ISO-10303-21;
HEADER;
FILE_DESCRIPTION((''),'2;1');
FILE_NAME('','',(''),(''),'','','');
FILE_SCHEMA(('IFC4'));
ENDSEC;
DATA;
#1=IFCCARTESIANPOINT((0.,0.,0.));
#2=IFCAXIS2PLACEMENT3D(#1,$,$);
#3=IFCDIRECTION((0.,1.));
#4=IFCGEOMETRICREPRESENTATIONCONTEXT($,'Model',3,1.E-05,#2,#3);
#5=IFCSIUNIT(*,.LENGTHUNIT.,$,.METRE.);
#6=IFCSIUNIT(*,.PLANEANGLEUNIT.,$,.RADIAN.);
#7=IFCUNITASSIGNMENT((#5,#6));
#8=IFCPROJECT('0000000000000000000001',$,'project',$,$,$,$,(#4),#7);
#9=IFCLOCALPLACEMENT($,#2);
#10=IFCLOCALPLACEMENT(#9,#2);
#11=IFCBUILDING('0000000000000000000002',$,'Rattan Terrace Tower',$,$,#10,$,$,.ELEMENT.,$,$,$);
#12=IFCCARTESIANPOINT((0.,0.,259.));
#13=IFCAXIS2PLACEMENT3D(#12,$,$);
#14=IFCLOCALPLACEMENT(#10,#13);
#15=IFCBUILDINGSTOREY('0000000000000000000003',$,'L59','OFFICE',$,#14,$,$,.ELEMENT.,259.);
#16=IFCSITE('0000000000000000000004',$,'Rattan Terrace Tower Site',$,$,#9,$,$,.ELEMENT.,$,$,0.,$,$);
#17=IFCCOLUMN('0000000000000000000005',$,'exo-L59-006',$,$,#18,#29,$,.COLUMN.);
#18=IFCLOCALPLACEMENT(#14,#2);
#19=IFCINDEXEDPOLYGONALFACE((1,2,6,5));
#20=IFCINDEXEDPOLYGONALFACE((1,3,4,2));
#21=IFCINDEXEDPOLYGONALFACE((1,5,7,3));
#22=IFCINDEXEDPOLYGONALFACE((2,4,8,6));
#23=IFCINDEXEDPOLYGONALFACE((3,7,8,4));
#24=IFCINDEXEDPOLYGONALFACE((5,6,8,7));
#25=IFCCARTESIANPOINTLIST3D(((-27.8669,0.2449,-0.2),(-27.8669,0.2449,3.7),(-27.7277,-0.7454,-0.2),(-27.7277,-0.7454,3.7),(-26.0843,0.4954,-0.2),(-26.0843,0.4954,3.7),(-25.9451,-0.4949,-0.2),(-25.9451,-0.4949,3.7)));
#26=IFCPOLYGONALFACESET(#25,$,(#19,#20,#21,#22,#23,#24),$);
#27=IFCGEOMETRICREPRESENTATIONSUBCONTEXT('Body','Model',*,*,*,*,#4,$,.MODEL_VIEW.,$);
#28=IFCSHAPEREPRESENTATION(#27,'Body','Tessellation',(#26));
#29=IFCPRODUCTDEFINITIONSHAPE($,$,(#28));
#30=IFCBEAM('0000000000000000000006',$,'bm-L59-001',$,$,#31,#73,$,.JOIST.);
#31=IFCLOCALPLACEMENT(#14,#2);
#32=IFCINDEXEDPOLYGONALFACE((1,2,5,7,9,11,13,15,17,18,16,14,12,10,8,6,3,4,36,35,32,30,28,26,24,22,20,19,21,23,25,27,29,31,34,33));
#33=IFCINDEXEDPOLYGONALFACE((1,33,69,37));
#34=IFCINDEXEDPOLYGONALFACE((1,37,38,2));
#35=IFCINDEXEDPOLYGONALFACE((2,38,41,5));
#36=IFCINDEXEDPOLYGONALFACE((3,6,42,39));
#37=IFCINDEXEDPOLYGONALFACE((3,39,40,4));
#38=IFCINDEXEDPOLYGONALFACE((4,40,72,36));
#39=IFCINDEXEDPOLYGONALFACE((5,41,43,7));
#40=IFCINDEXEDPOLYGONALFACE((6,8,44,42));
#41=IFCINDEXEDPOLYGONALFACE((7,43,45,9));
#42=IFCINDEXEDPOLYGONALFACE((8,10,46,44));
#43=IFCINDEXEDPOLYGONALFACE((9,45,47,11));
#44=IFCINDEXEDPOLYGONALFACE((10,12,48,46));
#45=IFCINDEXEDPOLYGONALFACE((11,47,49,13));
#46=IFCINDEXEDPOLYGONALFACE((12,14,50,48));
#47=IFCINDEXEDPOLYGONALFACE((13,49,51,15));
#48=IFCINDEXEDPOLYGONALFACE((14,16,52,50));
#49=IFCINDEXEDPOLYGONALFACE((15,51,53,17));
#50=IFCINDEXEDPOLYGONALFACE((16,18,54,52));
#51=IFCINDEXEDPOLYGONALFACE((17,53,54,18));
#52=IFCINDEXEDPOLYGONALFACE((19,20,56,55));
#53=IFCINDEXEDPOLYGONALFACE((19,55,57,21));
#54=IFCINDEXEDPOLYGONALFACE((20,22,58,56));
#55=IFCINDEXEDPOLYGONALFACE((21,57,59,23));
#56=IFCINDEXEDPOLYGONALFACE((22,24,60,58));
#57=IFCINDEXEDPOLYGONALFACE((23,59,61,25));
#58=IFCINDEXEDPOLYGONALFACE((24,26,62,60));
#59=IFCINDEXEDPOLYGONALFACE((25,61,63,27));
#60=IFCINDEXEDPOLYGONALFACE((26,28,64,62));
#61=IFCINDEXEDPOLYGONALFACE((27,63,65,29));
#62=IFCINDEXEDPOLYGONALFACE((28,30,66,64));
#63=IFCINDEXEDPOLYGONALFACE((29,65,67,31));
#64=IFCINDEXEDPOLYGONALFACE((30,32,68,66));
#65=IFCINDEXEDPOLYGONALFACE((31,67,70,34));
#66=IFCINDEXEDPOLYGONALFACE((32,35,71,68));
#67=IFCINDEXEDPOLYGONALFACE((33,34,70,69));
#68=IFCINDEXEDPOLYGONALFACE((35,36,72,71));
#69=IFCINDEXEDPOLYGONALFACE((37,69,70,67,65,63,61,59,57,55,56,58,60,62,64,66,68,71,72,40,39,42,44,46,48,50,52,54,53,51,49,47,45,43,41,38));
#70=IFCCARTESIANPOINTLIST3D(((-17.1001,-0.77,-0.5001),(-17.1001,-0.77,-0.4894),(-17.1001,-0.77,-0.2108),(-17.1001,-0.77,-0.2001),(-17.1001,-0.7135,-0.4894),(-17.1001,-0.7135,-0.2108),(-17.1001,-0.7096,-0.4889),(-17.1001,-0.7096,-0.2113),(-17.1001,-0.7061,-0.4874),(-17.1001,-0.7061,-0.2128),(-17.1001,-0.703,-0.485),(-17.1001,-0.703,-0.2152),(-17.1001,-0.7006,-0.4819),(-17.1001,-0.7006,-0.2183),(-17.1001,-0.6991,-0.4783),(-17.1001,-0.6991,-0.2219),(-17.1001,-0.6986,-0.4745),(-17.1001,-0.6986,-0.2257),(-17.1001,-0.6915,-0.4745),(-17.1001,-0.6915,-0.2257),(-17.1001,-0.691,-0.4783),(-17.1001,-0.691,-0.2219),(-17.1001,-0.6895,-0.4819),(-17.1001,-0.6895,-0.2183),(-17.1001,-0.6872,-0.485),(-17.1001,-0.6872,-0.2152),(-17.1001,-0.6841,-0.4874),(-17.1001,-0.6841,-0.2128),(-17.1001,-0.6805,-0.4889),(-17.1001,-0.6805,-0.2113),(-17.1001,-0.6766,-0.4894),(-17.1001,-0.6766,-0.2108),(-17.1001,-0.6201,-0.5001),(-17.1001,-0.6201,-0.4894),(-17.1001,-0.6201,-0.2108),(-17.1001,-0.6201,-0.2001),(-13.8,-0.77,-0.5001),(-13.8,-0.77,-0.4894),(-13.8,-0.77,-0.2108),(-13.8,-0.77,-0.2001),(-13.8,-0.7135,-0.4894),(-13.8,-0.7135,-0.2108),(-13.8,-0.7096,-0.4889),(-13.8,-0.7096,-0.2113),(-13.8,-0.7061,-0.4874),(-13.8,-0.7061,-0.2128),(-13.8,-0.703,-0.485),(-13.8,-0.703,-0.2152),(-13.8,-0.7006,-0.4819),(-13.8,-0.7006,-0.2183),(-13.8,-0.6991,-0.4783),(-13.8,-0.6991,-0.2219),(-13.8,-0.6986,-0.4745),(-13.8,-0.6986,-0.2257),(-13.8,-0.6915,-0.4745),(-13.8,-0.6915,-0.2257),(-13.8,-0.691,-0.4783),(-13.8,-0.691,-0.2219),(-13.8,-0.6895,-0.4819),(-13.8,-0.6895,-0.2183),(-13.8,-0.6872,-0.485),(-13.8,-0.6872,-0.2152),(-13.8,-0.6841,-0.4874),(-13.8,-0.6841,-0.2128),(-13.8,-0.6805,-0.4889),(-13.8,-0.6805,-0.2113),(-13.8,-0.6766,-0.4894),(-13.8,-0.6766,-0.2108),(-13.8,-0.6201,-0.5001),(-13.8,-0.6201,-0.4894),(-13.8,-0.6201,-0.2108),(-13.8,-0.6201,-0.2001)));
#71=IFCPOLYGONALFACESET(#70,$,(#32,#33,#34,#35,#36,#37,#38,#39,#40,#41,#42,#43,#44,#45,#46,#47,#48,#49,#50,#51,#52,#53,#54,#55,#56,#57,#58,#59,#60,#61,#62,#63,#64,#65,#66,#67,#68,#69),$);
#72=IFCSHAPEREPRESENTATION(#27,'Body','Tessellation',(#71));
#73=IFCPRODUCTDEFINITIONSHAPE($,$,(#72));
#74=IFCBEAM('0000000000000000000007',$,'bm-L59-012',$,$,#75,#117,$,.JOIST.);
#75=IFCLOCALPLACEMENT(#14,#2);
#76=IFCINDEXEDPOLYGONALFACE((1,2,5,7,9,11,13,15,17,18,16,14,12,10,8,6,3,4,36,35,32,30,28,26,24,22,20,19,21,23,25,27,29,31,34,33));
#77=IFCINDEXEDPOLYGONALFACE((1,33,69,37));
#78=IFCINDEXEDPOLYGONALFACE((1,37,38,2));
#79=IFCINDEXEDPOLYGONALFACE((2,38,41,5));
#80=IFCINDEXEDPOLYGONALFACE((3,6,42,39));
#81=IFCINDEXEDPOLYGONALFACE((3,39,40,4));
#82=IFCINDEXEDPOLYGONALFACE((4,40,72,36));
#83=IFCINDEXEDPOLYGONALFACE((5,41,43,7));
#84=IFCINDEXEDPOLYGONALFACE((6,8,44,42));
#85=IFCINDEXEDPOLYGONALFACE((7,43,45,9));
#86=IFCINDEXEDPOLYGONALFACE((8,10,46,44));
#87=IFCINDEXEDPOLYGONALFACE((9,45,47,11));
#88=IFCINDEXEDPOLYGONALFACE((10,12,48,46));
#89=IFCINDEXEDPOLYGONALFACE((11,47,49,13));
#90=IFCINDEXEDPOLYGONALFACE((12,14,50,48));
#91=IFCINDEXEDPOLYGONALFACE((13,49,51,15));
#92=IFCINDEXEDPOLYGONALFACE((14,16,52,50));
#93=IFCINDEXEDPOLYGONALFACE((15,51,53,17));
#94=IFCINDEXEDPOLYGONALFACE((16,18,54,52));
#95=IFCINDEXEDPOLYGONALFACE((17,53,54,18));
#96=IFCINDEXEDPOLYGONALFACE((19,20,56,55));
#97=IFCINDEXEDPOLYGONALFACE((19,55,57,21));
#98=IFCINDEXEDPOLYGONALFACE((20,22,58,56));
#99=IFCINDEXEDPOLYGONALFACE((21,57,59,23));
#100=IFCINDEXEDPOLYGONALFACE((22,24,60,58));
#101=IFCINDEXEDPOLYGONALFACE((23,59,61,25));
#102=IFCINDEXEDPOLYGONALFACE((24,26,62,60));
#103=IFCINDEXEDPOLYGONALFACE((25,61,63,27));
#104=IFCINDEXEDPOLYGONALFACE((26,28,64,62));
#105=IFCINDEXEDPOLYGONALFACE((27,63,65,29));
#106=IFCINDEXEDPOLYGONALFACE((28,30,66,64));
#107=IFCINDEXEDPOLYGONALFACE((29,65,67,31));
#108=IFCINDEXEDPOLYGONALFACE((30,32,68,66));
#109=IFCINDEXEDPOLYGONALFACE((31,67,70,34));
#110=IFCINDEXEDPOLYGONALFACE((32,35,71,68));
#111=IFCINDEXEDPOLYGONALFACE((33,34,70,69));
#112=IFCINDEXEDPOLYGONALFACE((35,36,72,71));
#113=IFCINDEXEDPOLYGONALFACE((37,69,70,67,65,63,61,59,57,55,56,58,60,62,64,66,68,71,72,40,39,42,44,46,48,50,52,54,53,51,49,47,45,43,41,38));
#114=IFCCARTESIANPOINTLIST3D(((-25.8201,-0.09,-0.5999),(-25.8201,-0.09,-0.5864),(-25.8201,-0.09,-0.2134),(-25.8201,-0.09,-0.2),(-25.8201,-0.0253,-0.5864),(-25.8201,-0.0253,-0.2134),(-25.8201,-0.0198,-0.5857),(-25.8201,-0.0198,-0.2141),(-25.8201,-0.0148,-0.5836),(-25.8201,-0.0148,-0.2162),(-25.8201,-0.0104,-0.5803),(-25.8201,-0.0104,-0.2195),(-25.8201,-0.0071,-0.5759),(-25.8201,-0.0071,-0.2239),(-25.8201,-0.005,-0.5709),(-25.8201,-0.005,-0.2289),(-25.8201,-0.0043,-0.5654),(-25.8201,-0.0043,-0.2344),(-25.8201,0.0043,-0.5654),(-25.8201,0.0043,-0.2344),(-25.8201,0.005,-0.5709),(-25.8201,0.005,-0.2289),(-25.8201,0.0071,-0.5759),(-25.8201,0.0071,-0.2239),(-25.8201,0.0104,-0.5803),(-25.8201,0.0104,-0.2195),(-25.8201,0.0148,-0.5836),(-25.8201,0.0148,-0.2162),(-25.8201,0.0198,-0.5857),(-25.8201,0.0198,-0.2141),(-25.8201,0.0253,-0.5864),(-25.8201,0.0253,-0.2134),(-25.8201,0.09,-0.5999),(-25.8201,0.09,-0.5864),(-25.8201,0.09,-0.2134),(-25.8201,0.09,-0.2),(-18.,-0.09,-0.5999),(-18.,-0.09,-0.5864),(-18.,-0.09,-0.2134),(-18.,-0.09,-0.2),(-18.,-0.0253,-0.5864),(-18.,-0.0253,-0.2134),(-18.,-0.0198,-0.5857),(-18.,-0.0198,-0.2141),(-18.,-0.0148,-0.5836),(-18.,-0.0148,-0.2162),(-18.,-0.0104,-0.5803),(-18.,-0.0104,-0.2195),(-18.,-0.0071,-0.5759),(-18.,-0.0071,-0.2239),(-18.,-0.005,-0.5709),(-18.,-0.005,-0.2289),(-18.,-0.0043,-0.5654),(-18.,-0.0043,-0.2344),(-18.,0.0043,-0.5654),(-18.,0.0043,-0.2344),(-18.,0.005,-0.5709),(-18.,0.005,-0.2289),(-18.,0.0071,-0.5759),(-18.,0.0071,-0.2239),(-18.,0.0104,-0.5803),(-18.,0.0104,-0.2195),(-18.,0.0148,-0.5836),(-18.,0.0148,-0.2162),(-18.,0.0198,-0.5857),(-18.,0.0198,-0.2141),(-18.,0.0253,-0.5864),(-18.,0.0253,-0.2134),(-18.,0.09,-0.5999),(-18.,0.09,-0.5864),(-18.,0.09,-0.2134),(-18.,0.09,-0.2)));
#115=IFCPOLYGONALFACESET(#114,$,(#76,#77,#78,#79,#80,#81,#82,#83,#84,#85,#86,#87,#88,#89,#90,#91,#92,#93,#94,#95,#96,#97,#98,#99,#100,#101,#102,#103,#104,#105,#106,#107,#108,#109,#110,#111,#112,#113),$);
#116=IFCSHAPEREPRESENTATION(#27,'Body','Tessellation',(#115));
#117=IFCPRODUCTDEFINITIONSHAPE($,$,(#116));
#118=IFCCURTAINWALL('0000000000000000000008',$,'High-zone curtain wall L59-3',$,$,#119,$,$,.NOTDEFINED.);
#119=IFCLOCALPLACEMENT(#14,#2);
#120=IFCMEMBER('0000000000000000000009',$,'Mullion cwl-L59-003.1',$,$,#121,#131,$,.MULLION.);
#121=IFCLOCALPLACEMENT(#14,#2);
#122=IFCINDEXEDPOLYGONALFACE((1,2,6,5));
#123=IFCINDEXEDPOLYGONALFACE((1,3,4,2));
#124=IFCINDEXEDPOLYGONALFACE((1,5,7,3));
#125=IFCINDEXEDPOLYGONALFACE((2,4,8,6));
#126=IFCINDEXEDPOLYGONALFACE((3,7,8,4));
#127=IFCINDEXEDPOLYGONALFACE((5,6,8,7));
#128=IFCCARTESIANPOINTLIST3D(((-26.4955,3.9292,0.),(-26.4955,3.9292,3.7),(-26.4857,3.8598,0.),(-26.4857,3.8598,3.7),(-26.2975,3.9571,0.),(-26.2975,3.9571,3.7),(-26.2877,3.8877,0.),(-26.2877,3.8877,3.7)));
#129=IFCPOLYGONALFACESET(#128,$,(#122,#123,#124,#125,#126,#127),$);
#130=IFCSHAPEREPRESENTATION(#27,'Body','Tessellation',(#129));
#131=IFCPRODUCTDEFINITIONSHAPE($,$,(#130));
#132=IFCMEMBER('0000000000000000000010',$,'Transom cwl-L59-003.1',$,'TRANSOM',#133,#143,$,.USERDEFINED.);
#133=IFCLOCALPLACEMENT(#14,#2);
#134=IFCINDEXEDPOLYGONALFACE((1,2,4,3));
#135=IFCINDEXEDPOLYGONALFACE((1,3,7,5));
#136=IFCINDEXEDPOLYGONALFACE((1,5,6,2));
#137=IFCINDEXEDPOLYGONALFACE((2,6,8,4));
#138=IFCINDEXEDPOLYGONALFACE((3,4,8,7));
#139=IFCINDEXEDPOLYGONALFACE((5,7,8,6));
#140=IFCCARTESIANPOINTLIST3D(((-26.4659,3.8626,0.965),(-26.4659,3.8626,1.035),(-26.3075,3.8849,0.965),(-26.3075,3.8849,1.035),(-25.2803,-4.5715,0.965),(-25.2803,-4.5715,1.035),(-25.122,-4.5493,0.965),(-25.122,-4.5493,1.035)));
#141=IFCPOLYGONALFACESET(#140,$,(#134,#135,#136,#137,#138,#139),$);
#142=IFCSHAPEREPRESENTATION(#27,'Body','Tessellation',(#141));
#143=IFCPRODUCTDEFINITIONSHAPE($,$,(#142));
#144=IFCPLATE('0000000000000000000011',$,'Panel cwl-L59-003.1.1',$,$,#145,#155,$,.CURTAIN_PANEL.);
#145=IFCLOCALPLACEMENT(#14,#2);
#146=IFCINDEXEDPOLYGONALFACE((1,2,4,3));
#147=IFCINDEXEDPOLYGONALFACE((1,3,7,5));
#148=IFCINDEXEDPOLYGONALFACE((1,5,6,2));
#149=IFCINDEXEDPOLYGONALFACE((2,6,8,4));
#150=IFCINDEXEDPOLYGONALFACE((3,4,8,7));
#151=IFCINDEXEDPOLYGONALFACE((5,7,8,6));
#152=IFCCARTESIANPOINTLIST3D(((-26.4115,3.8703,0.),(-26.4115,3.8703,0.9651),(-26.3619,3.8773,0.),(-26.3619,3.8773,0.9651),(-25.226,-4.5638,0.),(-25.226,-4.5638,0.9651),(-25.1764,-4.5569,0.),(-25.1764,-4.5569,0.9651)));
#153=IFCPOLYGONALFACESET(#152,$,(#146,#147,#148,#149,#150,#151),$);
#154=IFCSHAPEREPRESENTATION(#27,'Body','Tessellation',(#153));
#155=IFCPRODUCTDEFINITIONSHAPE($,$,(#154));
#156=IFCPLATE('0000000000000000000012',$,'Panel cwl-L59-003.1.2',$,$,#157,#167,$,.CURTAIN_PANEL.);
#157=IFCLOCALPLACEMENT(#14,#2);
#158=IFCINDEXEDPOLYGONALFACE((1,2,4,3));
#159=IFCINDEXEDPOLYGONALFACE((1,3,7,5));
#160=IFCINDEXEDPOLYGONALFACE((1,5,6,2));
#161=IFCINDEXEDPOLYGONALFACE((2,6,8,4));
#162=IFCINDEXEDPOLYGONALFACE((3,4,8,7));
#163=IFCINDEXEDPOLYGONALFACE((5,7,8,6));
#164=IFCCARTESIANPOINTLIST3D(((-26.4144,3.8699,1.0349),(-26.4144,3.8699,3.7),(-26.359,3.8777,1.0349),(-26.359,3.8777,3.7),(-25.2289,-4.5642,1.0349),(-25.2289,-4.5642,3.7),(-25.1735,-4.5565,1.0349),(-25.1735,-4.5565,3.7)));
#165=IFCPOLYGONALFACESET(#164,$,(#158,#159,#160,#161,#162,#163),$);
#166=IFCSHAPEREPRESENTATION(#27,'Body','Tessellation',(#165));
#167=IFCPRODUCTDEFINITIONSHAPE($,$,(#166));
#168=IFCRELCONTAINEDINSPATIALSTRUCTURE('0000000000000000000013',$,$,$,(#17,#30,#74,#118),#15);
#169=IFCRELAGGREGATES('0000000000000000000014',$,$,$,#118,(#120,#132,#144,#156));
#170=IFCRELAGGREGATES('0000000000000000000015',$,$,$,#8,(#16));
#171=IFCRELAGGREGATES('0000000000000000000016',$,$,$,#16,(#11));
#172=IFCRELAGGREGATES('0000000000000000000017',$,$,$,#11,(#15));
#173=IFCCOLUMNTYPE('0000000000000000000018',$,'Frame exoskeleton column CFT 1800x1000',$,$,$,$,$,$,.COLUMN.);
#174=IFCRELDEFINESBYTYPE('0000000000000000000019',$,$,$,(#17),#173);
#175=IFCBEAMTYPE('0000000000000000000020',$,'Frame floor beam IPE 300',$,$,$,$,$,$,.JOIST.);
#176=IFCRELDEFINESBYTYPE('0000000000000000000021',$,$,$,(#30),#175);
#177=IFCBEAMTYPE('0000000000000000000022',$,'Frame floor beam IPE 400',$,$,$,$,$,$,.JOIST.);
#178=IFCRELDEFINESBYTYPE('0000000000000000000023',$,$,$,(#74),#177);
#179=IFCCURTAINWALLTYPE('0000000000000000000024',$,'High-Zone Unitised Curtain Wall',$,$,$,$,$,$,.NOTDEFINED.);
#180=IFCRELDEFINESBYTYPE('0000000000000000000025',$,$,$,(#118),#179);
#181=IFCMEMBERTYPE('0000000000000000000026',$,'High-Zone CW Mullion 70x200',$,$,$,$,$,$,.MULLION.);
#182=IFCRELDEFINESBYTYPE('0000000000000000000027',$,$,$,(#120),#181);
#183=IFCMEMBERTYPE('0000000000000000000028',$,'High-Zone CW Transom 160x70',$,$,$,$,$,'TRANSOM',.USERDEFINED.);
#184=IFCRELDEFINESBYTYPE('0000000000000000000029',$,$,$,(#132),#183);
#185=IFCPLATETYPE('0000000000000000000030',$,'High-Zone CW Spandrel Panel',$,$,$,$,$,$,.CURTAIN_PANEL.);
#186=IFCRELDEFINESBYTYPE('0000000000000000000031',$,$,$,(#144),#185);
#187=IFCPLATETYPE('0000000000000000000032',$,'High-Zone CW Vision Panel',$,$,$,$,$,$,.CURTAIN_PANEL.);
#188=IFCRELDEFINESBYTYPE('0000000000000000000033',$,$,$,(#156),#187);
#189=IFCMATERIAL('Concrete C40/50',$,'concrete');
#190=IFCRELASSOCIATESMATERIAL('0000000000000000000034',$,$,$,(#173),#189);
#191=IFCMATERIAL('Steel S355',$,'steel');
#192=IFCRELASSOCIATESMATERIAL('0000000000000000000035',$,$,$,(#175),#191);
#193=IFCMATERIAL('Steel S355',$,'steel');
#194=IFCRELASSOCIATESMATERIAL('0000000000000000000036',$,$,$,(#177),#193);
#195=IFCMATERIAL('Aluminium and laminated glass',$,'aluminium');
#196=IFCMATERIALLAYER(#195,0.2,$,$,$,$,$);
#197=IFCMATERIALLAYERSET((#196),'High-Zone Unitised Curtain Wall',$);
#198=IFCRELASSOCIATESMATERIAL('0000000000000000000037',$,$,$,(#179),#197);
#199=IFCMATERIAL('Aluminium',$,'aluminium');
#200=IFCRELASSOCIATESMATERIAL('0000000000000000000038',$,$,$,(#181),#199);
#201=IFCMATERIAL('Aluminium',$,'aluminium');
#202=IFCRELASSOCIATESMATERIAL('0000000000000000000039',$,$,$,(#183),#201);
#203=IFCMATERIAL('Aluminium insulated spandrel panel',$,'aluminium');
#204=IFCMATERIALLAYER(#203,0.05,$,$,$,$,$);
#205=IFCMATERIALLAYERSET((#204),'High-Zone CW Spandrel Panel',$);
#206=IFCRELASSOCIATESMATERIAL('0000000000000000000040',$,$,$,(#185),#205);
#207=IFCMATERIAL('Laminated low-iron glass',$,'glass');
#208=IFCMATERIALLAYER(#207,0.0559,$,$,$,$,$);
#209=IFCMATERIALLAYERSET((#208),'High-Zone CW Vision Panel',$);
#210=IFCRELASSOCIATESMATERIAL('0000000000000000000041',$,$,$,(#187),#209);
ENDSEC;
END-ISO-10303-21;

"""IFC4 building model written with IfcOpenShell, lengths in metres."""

from ifc_helpers import new_model, si_unit, direction, frame, origin, origin_2d, place, context, subcontext, project, spatial, rectangle, i_section, extrude, material, layer, layer_set, material_profile, profile_set, type_object, element, aggregate, save


model = new_model("IFC4")

# Units and contexts
model_context = context("Model", 3, precision=1e-05, world=origin(), true_north=direction((0.0, 1.0)))
body_context = subcontext(model_context, "Body", "Model", "MODEL_VIEW")
ifc_project = project(units=[si_unit("LENGTHUNIT", "METRE"), si_unit("PLANEANGLEUNIT", "RADIAN")], contexts=[model_context])

# Site, building, storey
site_placement = place(None, origin())
site = spatial("IfcSite", under=ifc_project, at=site_placement, Name="Rattan Terrace Tower Site", CompositionType="ELEMENT", RefElevation=0.0)
building_placement = place(site_placement, origin())
building = spatial("IfcBuilding", under=site, at=building_placement, Name="Rattan Terrace Tower", CompositionType="ELEMENT")
storey_placement = place(building_placement, frame((0.0, 0.0, 259.0)))
storey = spatial("IfcBuildingStorey", under=building, at=storey_placement, Name="L59", Description="OFFICE", CompositionType="ELEMENT", Elevation=259.0)

# Column
ifc_material_1 = material(Name="Concrete C40/50", Category="concrete")
ifc_material_profile_1 = material_profile(ifc_material_1, rectangle(XDim=1.0, YDim=1.8, at=origin_2d()), Name="CFT 1800x1000")
ifc_profile_set_1 = profile_set([ifc_material_profile_1], Name="Concrete C40/50")
column_type = type_object("IfcColumnType", Name="Frame exoskeleton column CFT 1800x1000", PredefinedType="COLUMN", material=ifc_profile_set_1)
column_placement = place(storey_placement, frame((-26.906, -0.125, -0.2), z_axis=(0.0, 0.0, 1.0), x_axis=(-0.13919, 0.990266, 0.0)))
element("IfcColumn", 1, at=column_placement, inside=storey, type_object=column_type, Name="exo-L59-006", PredefinedType="COLUMN", context=body_context, shape_type="SweptSolid", body=[
    extrude(rectangle(XDim=1.0, YDim=1.8, at=origin_2d()), origin(), (0.0, 0.0, 1.0), 3.8999),
])

# Beams
ifc_material_2 = material(Name="Steel S355", Category="steel")
ifc_material_profile_2 = material_profile(ifc_material_2, i_section(OverallWidth=0.1499, OverallDepth=0.3, WebThickness=0.0071, FlangeThickness=0.0107, FilletRadius=0.0149, at=origin_2d()), Name="IPE 300")
ifc_profile_set_2 = profile_set([ifc_material_profile_2], Name="Steel S355")
beam_type_1 = type_object("IfcBeamType", Name="Frame floor beam IPE 300", PredefinedType="JOIST", material=ifc_profile_set_2)
beam_1_placement = place(storey_placement, frame((-17.1001, -0.6951, -0.3501), z_axis=(1.0, 0.0, 0.0), x_axis=(0.0, 1.0, 0.0)))
element("IfcBeam", 2, at=beam_1_placement, inside=storey, type_object=beam_type_1, Name="bm-L59-001", PredefinedType="JOIST", context=body_context, shape_type="SweptSolid", body=[
    extrude(i_section(OverallWidth=0.1499, OverallDepth=0.3, WebThickness=0.0071, FlangeThickness=0.0107, FilletRadius=0.0149, at=origin_2d()), origin(), (0.0, 0.0, 1.0), 3.3),
])
ifc_material_3 = material(Name="Steel S355", Category="steel")
ifc_material_profile_3 = material_profile(ifc_material_3, i_section(OverallWidth=0.1799, OverallDepth=0.3999, WebThickness=0.0085, FlangeThickness=0.0134, FilletRadius=0.021, at=origin_2d()), Name="IPE 400")
ifc_profile_set_3 = profile_set([ifc_material_profile_3], Name="Steel S355")
beam_type_2 = type_object("IfcBeamType", Name="Frame floor beam IPE 400", PredefinedType="JOIST", material=ifc_profile_set_3)
beam_2_placement = place(storey_placement, frame((-25.8201, 0.0, -0.3999), z_axis=(1.0, 0.0, 0.0), x_axis=(0.0, 1.0, 0.0)))
element("IfcBeam", 3, at=beam_2_placement, inside=storey, type_object=beam_type_2, Name="bm-L59-012", PredefinedType="JOIST", context=body_context, shape_type="SweptSolid", body=[
    extrude(i_section(OverallWidth=0.1799, OverallDepth=0.3999, WebThickness=0.0085, FlangeThickness=0.0134, FilletRadius=0.021, at=origin_2d()), origin(), (0.0, 0.0, 1.0), 7.8201),
])

# Curtain wall, members, plates
ifc_material_4 = material(Name="Aluminium and laminated glass", Category="aluminium")
ifc_layer_1 = layer(ifc_material_4, 0.2)
ifc_layer_set_1 = layer_set([ifc_layer_1], Name="High-Zone Unitised Curtain Wall")
curtain_wall_type = type_object("IfcCurtainWallType", Name="High-Zone Unitised Curtain Wall", PredefinedType="NOTDEFINED", material=ifc_layer_set_1)
curtain_wall_placement = place(storey_placement, origin())
curtain_wall = element("IfcCurtainWall", 4, at=curtain_wall_placement, inside=storey, type_object=curtain_wall_type, Name="High-zone curtain wall L59-3", PredefinedType="NOTDEFINED")
ifc_material_5 = material(Name="Aluminium", Category="aluminium")
ifc_material_profile_4 = material_profile(ifc_material_5, rectangle(XDim=0.0701, YDim=0.2, at=origin_2d()), Name="Aluminium 70x200")
ifc_profile_set_4 = profile_set([ifc_material_profile_4], Name="Aluminium")
member_type_1 = type_object("IfcMemberType", Name="High-Zone CW Mullion 70x200", PredefinedType="MULLION", material=ifc_profile_set_4)
member_1_placement = place(storey_placement, frame((-26.3916, 3.9084, 0.0), z_axis=(0.0, 0.0, 1.0), x_axis=(0.139192, -0.990265, 0.0)))
member_1 = element("IfcMember", 5, at=member_1_placement, type_object=member_type_1, Name="Mullion cwl-L59-003.1", PredefinedType="MULLION", context=body_context, shape_type="SweptSolid", body=[
    extrude(rectangle(XDim=0.0701, YDim=0.2, at=origin_2d()), origin(), (0.0, 0.0, 1.0), 3.7),
])
ifc_material_6 = material(Name="Aluminium", Category="aluminium")
ifc_material_profile_5 = material_profile(ifc_material_6, rectangle(XDim=0.1599, YDim=0.0701, at=origin_2d()), Name="Aluminium 160x70")
ifc_profile_set_5 = profile_set([ifc_material_profile_5], Name="Aluminium")
member_type_2 = type_object("IfcMemberType", Name="High-Zone CW Transom 160x70", ElementType="TRANSOM", PredefinedType="USERDEFINED", material=ifc_profile_set_5)
member_2_placement = place(storey_placement, frame((-26.3867, 3.8738, 1.0), z_axis=(0.139198, -0.990265, 0.0), x_axis=(0.990265, 0.139198, 0.0)))
member_2 = element("IfcMember", 6, at=member_2_placement, type_object=member_type_2, Name="Transom cwl-L59-003.1", ObjectType="TRANSOM", PredefinedType="USERDEFINED", context=body_context, shape_type="SweptSolid", body=[
    extrude(rectangle(XDim=0.1599, YDim=0.0701, at=origin_2d()), origin(), (0.0, 0.0, 1.0), 8.5171),
])
ifc_material_7 = material(Name="Aluminium insulated spandrel panel", Category="aluminium")
ifc_layer_2 = layer(ifc_material_7, 0.05)
ifc_layer_set_2 = layer_set([ifc_layer_2], Name="High-Zone CW Spandrel Panel")
plate_type_1 = type_object("IfcPlateType", Name="High-Zone CW Spandrel Panel", PredefinedType="CURTAIN_PANEL", material=ifc_layer_set_2)
plate_1_placement = place(storey_placement, frame((-25.7939, -0.3433, 0.0), z_axis=(0.0, 0.0, 1.0), x_axis=(0.139192, -0.990265, 0.0)))
plate_1 = element("IfcPlate", 7, at=plate_1_placement, type_object=plate_type_1, Name="Panel cwl-L59-003.1.1", PredefinedType="CURTAIN_PANEL", context=body_context, shape_type="SweptSolid", body=[
    extrude(rectangle(XDim=8.5171, YDim=0.05, at=origin_2d()), origin(), (0.0, 0.0, 1.0), 0.9651),
])
ifc_material_8 = material(Name="Laminated low-iron glass", Category="glass")
ifc_layer_3 = layer(ifc_material_8, 0.0559)
ifc_layer_set_3 = layer_set([ifc_layer_3], Name="High-Zone CW Vision Panel")
plate_type_2 = type_object("IfcPlateType", Name="High-Zone CW Vision Panel", PredefinedType="CURTAIN_PANEL", material=ifc_layer_set_3)
plate_2_placement = place(storey_placement, frame((-25.7939, -0.3433, 1.0349), z_axis=(0.0, 0.0, 1.0), x_axis=(0.139192, -0.990265, 0.0)))
plate_2 = element("IfcPlate", 8, at=plate_2_placement, type_object=plate_type_2, Name="Panel cwl-L59-003.1.2", PredefinedType="CURTAIN_PANEL", context=body_context, shape_type="SweptSolid", body=[
    extrude(rectangle(XDim=8.5171, YDim=0.0559, at=origin_2d()), origin(), (0.0, 0.0, 1.0), 2.665),
])
aggregate(curtain_wall, [member_1, member_2, plate_1, plate_2])

save(model, "model.ifc")
